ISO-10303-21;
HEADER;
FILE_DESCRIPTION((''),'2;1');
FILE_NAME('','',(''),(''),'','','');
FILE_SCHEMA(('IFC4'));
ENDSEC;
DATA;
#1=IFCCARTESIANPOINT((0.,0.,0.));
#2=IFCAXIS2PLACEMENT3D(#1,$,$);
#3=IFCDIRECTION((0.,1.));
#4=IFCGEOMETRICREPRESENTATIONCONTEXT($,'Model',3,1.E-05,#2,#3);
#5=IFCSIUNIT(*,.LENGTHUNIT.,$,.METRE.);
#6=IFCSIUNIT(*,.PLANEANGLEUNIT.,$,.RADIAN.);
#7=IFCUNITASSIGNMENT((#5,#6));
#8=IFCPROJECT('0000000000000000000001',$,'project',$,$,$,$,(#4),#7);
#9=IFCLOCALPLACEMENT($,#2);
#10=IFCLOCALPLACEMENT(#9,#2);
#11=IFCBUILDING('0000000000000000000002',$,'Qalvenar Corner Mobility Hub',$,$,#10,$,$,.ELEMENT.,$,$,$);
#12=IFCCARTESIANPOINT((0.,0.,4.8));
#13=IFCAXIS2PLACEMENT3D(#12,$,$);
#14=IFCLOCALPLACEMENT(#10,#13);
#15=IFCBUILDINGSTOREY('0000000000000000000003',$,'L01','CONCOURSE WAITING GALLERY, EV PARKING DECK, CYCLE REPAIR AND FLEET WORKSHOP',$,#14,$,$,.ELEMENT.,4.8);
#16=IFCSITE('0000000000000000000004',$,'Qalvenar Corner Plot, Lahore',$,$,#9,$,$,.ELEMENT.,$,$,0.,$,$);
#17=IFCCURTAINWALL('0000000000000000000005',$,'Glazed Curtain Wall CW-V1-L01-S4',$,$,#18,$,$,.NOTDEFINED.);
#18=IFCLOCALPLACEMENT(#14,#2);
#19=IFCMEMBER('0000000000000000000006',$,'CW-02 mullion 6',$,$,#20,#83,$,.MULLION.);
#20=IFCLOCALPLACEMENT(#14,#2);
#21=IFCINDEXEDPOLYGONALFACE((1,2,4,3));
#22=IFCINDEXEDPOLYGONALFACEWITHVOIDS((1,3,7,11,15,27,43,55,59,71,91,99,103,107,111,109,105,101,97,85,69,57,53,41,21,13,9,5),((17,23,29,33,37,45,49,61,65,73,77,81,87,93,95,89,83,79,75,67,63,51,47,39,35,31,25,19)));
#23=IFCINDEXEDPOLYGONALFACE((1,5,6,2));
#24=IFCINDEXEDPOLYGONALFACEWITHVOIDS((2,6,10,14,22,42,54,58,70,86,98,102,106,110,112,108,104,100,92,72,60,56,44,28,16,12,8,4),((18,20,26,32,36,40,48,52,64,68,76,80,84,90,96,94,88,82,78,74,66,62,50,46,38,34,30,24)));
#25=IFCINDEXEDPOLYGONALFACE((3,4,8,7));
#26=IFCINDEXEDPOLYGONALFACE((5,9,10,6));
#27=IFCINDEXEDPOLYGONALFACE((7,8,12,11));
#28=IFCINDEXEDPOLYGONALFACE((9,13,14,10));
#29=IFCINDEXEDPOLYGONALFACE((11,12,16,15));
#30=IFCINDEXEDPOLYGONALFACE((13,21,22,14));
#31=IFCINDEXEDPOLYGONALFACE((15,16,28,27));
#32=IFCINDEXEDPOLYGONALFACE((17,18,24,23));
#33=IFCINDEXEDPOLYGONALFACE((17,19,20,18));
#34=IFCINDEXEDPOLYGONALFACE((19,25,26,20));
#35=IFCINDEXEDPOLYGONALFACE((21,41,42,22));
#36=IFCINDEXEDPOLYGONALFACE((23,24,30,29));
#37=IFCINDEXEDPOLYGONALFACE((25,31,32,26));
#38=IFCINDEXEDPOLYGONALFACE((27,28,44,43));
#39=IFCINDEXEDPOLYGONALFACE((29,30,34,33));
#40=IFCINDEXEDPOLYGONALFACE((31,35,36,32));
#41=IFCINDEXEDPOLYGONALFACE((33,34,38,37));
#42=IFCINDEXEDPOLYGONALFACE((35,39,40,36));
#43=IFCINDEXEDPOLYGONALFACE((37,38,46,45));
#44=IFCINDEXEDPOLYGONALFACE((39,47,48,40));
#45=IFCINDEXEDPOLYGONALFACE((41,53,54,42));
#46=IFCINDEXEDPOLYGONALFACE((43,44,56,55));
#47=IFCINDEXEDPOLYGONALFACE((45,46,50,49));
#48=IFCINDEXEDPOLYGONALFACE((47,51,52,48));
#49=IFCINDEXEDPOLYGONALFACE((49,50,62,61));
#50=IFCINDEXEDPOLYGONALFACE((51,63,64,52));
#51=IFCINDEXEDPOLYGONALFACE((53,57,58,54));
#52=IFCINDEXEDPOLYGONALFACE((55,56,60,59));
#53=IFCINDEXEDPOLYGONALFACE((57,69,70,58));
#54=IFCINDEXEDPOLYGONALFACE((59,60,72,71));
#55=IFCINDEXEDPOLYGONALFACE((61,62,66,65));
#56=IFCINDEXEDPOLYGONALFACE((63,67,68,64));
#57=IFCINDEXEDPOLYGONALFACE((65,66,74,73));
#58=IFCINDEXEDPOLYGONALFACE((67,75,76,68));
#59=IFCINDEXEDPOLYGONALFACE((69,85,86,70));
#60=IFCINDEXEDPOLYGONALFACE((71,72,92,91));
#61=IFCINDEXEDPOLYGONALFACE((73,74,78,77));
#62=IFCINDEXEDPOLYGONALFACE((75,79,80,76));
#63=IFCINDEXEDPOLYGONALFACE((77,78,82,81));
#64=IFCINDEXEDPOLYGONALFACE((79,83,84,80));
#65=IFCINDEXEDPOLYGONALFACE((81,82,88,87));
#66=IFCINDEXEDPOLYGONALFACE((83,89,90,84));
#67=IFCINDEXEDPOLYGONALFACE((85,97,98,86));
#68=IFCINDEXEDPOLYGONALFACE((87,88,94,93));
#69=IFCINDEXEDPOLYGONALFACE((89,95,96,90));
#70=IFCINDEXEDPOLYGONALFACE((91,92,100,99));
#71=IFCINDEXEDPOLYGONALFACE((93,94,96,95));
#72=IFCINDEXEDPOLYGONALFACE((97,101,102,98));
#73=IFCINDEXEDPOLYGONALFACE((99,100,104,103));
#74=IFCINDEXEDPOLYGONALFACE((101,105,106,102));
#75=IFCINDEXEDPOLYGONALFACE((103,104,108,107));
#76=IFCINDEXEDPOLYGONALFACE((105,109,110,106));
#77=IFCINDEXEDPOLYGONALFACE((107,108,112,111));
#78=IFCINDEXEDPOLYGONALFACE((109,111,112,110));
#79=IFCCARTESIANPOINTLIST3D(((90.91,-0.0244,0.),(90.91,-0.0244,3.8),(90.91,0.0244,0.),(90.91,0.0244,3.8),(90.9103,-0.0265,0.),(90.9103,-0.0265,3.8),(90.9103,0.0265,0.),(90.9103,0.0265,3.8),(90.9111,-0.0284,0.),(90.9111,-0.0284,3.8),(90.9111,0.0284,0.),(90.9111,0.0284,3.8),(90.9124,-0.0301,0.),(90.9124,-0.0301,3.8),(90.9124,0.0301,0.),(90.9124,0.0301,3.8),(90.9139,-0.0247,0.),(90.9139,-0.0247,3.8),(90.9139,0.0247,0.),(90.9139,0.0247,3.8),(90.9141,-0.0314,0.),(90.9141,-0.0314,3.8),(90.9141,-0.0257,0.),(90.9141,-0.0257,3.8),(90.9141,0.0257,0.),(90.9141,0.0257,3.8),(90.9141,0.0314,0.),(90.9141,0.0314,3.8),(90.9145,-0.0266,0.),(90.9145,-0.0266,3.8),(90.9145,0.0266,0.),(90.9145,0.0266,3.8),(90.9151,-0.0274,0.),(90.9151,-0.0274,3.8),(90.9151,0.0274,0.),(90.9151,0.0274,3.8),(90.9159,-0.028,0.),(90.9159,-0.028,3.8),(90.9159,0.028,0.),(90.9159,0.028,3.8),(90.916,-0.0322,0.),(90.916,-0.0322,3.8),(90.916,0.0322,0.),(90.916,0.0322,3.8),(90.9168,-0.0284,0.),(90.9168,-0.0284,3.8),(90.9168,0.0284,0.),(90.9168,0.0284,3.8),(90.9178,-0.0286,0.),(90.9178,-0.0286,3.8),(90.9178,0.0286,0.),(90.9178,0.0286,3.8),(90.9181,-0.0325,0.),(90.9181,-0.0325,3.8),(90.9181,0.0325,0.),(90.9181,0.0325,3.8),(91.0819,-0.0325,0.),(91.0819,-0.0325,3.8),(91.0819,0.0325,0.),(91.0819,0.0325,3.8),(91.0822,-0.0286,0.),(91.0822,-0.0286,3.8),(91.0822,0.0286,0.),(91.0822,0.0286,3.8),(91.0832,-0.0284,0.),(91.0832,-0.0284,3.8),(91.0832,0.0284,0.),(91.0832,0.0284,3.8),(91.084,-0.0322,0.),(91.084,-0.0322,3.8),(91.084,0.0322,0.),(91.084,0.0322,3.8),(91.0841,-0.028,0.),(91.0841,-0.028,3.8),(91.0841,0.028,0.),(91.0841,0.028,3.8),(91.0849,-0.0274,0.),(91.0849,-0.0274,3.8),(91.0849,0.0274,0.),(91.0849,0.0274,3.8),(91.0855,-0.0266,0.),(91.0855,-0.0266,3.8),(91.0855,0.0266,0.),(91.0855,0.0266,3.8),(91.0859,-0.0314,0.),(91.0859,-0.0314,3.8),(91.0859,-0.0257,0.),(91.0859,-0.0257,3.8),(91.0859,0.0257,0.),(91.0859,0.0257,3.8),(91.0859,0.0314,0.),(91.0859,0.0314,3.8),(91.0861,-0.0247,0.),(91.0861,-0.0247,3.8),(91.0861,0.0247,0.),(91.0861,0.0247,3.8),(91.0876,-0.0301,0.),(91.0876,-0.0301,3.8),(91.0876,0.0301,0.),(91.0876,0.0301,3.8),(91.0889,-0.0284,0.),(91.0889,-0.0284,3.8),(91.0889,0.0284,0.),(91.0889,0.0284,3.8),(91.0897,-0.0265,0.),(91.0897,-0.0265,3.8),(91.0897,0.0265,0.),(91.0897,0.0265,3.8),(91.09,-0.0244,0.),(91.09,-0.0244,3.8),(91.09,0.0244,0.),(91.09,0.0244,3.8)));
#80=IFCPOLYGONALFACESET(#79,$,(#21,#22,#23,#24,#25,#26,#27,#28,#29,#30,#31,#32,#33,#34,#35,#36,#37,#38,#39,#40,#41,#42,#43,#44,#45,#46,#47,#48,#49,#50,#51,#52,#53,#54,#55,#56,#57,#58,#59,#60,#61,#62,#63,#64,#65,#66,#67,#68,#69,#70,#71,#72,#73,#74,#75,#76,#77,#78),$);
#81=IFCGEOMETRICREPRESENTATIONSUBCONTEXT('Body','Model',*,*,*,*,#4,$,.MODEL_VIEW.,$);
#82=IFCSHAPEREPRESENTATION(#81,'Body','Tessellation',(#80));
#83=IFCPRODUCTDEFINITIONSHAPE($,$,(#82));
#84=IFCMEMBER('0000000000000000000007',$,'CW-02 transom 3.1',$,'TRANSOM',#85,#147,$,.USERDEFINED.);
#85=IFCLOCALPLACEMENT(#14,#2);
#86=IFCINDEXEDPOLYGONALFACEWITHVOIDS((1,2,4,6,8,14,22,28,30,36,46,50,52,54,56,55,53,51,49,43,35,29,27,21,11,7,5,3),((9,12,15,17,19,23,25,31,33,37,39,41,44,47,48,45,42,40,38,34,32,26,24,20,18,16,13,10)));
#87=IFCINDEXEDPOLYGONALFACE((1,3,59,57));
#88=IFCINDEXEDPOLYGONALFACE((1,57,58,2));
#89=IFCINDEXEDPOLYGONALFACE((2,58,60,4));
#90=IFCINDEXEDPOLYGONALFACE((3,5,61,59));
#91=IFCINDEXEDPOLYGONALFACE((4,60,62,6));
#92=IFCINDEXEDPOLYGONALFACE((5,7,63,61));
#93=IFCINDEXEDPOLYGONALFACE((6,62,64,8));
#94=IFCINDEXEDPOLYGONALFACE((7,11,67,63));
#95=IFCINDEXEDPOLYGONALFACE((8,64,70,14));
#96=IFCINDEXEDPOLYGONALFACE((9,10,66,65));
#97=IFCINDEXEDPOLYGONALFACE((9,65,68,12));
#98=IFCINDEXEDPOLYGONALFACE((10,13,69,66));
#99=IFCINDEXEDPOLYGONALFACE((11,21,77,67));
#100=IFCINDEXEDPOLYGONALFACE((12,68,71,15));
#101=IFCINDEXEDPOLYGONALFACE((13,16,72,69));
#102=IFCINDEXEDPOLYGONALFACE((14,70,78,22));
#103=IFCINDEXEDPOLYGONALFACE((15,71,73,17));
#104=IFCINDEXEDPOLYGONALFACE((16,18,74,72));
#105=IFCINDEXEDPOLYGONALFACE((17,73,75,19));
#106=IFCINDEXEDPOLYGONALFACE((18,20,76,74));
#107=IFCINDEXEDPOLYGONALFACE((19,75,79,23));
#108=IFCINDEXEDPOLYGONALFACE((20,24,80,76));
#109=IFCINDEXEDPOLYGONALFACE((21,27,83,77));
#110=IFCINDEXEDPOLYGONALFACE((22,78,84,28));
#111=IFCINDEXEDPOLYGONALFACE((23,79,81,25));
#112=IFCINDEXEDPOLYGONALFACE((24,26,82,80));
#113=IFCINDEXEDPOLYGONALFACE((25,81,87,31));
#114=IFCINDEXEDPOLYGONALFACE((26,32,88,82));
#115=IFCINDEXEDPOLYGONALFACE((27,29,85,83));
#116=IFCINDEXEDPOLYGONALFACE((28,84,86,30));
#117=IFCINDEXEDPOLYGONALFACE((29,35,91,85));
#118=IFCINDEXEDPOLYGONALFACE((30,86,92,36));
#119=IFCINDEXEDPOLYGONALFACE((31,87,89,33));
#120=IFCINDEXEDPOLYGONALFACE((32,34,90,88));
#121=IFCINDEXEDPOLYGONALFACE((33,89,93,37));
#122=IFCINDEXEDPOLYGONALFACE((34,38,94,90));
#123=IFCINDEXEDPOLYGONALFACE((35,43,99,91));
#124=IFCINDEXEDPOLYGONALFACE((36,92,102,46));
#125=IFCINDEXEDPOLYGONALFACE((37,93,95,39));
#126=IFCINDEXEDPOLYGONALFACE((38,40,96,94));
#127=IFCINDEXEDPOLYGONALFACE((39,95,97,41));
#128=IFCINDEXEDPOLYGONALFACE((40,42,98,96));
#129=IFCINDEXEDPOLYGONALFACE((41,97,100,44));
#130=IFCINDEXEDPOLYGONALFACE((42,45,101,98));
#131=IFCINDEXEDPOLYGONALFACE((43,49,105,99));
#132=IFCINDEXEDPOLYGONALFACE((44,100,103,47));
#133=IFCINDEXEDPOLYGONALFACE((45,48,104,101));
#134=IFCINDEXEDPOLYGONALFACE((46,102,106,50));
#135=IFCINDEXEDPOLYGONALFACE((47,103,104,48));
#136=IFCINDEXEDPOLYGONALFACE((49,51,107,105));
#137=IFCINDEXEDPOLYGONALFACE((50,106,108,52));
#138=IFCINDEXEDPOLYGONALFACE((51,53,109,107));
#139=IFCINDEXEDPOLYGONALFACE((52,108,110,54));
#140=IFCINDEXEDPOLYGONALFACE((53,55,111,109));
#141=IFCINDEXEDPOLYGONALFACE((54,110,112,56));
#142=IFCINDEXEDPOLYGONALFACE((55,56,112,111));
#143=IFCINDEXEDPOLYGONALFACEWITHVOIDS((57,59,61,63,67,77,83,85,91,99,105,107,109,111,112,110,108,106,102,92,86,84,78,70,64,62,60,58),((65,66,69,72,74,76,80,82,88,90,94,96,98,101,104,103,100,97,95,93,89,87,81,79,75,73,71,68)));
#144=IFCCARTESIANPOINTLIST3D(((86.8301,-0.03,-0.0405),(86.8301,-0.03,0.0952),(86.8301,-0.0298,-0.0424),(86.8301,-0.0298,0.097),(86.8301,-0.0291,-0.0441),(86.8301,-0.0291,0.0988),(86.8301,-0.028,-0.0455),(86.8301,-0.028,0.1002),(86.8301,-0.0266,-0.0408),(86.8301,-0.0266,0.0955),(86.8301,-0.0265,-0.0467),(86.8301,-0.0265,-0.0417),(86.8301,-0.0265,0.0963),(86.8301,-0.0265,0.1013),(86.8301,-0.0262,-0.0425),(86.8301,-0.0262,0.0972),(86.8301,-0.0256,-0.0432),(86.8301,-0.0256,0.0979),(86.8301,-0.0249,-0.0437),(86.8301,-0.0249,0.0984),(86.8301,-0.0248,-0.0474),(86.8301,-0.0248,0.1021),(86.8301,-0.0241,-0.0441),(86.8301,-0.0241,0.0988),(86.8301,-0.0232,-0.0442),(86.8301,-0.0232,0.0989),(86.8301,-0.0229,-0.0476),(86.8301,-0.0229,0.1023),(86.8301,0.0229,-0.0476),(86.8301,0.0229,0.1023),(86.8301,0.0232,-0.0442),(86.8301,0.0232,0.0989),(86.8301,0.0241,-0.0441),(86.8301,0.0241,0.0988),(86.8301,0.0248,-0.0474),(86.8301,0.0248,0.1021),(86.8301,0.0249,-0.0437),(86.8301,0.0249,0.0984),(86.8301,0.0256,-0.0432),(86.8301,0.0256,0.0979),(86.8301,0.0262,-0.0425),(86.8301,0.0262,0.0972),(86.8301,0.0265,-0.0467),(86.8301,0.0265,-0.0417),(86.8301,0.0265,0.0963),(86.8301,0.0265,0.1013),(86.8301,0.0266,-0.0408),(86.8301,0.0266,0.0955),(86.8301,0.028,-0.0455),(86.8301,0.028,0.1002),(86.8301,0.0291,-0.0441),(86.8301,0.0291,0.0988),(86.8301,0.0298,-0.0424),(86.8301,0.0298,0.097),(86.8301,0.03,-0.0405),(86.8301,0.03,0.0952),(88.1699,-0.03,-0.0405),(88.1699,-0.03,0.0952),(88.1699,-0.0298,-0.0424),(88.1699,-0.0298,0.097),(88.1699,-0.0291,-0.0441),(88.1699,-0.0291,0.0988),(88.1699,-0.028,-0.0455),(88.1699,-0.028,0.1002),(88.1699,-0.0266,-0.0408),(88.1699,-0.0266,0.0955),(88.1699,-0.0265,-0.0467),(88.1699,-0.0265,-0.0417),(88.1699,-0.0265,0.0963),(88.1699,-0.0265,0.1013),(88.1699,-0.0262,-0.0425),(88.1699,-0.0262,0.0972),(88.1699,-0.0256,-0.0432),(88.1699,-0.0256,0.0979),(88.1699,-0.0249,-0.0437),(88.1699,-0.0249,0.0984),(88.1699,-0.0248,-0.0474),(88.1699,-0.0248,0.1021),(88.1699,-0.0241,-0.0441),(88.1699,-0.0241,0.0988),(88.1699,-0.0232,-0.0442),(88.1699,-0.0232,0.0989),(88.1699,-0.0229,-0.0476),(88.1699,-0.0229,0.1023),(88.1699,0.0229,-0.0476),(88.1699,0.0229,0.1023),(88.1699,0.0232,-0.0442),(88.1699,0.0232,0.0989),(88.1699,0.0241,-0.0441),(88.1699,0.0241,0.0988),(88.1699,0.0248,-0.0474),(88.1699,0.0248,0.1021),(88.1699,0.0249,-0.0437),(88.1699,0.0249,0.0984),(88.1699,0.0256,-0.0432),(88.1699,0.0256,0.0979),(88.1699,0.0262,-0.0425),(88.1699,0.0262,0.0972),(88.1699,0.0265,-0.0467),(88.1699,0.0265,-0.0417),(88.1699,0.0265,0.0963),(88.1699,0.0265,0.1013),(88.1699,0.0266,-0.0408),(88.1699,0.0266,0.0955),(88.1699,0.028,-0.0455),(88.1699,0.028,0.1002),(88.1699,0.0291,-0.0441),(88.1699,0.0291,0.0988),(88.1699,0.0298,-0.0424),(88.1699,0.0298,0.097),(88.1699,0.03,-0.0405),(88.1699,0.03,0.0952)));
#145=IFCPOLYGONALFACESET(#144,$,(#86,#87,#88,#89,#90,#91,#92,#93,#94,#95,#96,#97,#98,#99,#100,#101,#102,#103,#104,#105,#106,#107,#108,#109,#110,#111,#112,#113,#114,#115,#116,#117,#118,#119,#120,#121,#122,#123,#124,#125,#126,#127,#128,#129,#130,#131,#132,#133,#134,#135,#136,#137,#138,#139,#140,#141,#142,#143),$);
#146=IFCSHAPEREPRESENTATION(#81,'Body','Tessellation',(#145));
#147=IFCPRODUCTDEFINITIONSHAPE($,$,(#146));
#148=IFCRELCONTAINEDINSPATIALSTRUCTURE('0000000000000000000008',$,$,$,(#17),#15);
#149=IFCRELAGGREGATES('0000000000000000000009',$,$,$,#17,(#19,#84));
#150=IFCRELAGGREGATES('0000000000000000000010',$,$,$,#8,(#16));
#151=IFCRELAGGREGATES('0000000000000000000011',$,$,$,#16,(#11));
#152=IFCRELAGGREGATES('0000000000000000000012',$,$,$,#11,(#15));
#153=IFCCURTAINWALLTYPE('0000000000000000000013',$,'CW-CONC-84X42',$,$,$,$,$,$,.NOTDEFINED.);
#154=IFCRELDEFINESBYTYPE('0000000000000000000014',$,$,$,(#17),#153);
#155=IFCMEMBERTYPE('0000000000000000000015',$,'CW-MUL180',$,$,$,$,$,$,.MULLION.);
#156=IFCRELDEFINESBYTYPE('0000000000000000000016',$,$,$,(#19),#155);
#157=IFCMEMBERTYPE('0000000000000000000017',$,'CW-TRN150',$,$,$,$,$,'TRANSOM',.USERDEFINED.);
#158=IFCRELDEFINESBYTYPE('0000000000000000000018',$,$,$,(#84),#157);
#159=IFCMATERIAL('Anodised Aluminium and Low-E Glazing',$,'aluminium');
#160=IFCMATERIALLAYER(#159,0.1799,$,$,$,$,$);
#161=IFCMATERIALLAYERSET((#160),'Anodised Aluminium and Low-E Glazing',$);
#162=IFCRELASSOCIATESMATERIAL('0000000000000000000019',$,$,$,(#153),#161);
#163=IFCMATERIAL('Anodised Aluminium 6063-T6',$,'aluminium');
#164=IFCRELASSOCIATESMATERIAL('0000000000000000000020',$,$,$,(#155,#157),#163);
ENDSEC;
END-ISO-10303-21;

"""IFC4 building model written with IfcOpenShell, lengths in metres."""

from ifc_helpers import new_model, si_unit, direction, frame, origin, origin_2d, place, context, subcontext, project, spatial, hollow_rectangle, extrude, material, layer, layer_set, material_profile, profile_set, type_object, element, aggregate, save


model = new_model("IFC4")

# Units and contexts
model_context = context("Model", 3, precision=1e-05, world=origin(), true_north=direction((0.0, 1.0)))
body_context = subcontext(model_context, "Body", "Model", "MODEL_VIEW")
ifc_project = project(units=[si_unit("LENGTHUNIT", "METRE"), si_unit("PLANEANGLEUNIT", "RADIAN")], contexts=[model_context])

# Site, building, storey
site_placement = place(None, origin())
site = spatial("IfcSite", under=ifc_project, at=site_placement, Name="Qalvenar Corner Plot, Lahore", CompositionType="ELEMENT", RefElevation=0.0)
building_placement = place(site_placement, origin())
building = spatial("IfcBuilding", under=site, at=building_placement, Name="Qalvenar Corner Mobility Hub", CompositionType="ELEMENT")
storey_placement = place(building_placement, frame((0.0, 0.0, 4.8)))
storey = spatial("IfcBuildingStorey", under=building, at=storey_placement, Name="L01", Description="CONCOURSE WAITING GALLERY, EV PARKING DECK, CYCLE REPAIR AND FLEET WORKSHOP", CompositionType="ELEMENT", Elevation=4.8)

# Curtain wall, members
ifc_material_1 = material(Name="Anodised Aluminium and Low-E Glazing", Category="aluminium")
ifc_layer_1 = layer(ifc_material_1, 0.1799)
ifc_layer_set_1 = layer_set([ifc_layer_1], Name="Anodised Aluminium and Low-E Glazing")
curtain_wall_type = type_object("IfcCurtainWallType", Name="CW-CONC-84X42", PredefinedType="NOTDEFINED", material=ifc_layer_set_1)
curtain_wall_placement = place(storey_placement, origin())
curtain_wall = element("IfcCurtainWall", 1, at=curtain_wall_placement, inside=storey, type_object=curtain_wall_type, Name="Glazed Curtain Wall CW-V1-L01-S4", PredefinedType="NOTDEFINED")
ifc_material_2 = material(Name="Anodised Aluminium 6063-T6", Category="aluminium")
ifc_material_profile_1 = material_profile(ifc_material_2, hollow_rectangle(XDim=0.0649, YDim=0.1799, WallThickness=0.0039, InnerFilletRadius=0.0039, OuterFilletRadius=0.0081, at=origin_2d()), Name="RHS180x65x4")
ifc_profile_set_1 = profile_set([ifc_material_profile_1], Name="Anodised Aluminium 6063-T6")
member_type_1 = type_object("IfcMemberType", Name="CW-MUL180", PredefinedType="MULLION", material=ifc_profile_set_1)
member_1_placement = place(storey_placement, frame((91.0, 0.0, 0.0), z_axis=(0.0, 0.0, 1.0), x_axis=(0.0, 1.0, 0.0)))
member_1 = element("IfcMember", 2, at=member_1_placement, type_object=member_type_1, Name="CW-02 mullion 6", PredefinedType="MULLION", context=body_context, shape_type="SweptSolid", body=[
    extrude(hollow_rectangle(XDim=0.0649, YDim=0.1799, WallThickness=0.0039, InnerFilletRadius=0.0039, OuterFilletRadius=0.0081, at=origin_2d()), origin(), (0.0, 0.0, 1.0), 3.8),
])
ifc_material_profile_2 = material_profile(ifc_material_2, hollow_rectangle(XDim=0.0601, YDim=0.1499, WallThickness=0.0034, InnerFilletRadius=0.0034, OuterFilletRadius=0.0071, at=origin_2d()), Name="RHS150x60x3.5")
ifc_profile_set_2 = profile_set([ifc_material_profile_2], Name="Anodised Aluminium 6063-T6")
member_type_2 = type_object("IfcMemberType", Name="CW-TRN150", ElementType="TRANSOM", PredefinedType="USERDEFINED", material=ifc_profile_set_2)
member_2_placement = place(storey_placement, frame((86.8301, 0.0, 0.0273), z_axis=(1.0, 0.0, 0.0), x_axis=(0.0, 1.0, 0.0)))
member_2 = element("IfcMember", 3, at=member_2_placement, type_object=member_type_2, Name="CW-02 transom 3.1", ObjectType="TRANSOM", PredefinedType="USERDEFINED", context=body_context, shape_type="SweptSolid", body=[
    extrude(hollow_rectangle(XDim=0.0601, YDim=0.1499, WallThickness=0.0034, InnerFilletRadius=0.0034, OuterFilletRadius=0.0071, at=origin_2d()), origin(), (0.0, 0.0, 1.0), 1.3398),
])
aggregate(curtain_wall, [member_1, member_2])

save(model, "model.ifc")
